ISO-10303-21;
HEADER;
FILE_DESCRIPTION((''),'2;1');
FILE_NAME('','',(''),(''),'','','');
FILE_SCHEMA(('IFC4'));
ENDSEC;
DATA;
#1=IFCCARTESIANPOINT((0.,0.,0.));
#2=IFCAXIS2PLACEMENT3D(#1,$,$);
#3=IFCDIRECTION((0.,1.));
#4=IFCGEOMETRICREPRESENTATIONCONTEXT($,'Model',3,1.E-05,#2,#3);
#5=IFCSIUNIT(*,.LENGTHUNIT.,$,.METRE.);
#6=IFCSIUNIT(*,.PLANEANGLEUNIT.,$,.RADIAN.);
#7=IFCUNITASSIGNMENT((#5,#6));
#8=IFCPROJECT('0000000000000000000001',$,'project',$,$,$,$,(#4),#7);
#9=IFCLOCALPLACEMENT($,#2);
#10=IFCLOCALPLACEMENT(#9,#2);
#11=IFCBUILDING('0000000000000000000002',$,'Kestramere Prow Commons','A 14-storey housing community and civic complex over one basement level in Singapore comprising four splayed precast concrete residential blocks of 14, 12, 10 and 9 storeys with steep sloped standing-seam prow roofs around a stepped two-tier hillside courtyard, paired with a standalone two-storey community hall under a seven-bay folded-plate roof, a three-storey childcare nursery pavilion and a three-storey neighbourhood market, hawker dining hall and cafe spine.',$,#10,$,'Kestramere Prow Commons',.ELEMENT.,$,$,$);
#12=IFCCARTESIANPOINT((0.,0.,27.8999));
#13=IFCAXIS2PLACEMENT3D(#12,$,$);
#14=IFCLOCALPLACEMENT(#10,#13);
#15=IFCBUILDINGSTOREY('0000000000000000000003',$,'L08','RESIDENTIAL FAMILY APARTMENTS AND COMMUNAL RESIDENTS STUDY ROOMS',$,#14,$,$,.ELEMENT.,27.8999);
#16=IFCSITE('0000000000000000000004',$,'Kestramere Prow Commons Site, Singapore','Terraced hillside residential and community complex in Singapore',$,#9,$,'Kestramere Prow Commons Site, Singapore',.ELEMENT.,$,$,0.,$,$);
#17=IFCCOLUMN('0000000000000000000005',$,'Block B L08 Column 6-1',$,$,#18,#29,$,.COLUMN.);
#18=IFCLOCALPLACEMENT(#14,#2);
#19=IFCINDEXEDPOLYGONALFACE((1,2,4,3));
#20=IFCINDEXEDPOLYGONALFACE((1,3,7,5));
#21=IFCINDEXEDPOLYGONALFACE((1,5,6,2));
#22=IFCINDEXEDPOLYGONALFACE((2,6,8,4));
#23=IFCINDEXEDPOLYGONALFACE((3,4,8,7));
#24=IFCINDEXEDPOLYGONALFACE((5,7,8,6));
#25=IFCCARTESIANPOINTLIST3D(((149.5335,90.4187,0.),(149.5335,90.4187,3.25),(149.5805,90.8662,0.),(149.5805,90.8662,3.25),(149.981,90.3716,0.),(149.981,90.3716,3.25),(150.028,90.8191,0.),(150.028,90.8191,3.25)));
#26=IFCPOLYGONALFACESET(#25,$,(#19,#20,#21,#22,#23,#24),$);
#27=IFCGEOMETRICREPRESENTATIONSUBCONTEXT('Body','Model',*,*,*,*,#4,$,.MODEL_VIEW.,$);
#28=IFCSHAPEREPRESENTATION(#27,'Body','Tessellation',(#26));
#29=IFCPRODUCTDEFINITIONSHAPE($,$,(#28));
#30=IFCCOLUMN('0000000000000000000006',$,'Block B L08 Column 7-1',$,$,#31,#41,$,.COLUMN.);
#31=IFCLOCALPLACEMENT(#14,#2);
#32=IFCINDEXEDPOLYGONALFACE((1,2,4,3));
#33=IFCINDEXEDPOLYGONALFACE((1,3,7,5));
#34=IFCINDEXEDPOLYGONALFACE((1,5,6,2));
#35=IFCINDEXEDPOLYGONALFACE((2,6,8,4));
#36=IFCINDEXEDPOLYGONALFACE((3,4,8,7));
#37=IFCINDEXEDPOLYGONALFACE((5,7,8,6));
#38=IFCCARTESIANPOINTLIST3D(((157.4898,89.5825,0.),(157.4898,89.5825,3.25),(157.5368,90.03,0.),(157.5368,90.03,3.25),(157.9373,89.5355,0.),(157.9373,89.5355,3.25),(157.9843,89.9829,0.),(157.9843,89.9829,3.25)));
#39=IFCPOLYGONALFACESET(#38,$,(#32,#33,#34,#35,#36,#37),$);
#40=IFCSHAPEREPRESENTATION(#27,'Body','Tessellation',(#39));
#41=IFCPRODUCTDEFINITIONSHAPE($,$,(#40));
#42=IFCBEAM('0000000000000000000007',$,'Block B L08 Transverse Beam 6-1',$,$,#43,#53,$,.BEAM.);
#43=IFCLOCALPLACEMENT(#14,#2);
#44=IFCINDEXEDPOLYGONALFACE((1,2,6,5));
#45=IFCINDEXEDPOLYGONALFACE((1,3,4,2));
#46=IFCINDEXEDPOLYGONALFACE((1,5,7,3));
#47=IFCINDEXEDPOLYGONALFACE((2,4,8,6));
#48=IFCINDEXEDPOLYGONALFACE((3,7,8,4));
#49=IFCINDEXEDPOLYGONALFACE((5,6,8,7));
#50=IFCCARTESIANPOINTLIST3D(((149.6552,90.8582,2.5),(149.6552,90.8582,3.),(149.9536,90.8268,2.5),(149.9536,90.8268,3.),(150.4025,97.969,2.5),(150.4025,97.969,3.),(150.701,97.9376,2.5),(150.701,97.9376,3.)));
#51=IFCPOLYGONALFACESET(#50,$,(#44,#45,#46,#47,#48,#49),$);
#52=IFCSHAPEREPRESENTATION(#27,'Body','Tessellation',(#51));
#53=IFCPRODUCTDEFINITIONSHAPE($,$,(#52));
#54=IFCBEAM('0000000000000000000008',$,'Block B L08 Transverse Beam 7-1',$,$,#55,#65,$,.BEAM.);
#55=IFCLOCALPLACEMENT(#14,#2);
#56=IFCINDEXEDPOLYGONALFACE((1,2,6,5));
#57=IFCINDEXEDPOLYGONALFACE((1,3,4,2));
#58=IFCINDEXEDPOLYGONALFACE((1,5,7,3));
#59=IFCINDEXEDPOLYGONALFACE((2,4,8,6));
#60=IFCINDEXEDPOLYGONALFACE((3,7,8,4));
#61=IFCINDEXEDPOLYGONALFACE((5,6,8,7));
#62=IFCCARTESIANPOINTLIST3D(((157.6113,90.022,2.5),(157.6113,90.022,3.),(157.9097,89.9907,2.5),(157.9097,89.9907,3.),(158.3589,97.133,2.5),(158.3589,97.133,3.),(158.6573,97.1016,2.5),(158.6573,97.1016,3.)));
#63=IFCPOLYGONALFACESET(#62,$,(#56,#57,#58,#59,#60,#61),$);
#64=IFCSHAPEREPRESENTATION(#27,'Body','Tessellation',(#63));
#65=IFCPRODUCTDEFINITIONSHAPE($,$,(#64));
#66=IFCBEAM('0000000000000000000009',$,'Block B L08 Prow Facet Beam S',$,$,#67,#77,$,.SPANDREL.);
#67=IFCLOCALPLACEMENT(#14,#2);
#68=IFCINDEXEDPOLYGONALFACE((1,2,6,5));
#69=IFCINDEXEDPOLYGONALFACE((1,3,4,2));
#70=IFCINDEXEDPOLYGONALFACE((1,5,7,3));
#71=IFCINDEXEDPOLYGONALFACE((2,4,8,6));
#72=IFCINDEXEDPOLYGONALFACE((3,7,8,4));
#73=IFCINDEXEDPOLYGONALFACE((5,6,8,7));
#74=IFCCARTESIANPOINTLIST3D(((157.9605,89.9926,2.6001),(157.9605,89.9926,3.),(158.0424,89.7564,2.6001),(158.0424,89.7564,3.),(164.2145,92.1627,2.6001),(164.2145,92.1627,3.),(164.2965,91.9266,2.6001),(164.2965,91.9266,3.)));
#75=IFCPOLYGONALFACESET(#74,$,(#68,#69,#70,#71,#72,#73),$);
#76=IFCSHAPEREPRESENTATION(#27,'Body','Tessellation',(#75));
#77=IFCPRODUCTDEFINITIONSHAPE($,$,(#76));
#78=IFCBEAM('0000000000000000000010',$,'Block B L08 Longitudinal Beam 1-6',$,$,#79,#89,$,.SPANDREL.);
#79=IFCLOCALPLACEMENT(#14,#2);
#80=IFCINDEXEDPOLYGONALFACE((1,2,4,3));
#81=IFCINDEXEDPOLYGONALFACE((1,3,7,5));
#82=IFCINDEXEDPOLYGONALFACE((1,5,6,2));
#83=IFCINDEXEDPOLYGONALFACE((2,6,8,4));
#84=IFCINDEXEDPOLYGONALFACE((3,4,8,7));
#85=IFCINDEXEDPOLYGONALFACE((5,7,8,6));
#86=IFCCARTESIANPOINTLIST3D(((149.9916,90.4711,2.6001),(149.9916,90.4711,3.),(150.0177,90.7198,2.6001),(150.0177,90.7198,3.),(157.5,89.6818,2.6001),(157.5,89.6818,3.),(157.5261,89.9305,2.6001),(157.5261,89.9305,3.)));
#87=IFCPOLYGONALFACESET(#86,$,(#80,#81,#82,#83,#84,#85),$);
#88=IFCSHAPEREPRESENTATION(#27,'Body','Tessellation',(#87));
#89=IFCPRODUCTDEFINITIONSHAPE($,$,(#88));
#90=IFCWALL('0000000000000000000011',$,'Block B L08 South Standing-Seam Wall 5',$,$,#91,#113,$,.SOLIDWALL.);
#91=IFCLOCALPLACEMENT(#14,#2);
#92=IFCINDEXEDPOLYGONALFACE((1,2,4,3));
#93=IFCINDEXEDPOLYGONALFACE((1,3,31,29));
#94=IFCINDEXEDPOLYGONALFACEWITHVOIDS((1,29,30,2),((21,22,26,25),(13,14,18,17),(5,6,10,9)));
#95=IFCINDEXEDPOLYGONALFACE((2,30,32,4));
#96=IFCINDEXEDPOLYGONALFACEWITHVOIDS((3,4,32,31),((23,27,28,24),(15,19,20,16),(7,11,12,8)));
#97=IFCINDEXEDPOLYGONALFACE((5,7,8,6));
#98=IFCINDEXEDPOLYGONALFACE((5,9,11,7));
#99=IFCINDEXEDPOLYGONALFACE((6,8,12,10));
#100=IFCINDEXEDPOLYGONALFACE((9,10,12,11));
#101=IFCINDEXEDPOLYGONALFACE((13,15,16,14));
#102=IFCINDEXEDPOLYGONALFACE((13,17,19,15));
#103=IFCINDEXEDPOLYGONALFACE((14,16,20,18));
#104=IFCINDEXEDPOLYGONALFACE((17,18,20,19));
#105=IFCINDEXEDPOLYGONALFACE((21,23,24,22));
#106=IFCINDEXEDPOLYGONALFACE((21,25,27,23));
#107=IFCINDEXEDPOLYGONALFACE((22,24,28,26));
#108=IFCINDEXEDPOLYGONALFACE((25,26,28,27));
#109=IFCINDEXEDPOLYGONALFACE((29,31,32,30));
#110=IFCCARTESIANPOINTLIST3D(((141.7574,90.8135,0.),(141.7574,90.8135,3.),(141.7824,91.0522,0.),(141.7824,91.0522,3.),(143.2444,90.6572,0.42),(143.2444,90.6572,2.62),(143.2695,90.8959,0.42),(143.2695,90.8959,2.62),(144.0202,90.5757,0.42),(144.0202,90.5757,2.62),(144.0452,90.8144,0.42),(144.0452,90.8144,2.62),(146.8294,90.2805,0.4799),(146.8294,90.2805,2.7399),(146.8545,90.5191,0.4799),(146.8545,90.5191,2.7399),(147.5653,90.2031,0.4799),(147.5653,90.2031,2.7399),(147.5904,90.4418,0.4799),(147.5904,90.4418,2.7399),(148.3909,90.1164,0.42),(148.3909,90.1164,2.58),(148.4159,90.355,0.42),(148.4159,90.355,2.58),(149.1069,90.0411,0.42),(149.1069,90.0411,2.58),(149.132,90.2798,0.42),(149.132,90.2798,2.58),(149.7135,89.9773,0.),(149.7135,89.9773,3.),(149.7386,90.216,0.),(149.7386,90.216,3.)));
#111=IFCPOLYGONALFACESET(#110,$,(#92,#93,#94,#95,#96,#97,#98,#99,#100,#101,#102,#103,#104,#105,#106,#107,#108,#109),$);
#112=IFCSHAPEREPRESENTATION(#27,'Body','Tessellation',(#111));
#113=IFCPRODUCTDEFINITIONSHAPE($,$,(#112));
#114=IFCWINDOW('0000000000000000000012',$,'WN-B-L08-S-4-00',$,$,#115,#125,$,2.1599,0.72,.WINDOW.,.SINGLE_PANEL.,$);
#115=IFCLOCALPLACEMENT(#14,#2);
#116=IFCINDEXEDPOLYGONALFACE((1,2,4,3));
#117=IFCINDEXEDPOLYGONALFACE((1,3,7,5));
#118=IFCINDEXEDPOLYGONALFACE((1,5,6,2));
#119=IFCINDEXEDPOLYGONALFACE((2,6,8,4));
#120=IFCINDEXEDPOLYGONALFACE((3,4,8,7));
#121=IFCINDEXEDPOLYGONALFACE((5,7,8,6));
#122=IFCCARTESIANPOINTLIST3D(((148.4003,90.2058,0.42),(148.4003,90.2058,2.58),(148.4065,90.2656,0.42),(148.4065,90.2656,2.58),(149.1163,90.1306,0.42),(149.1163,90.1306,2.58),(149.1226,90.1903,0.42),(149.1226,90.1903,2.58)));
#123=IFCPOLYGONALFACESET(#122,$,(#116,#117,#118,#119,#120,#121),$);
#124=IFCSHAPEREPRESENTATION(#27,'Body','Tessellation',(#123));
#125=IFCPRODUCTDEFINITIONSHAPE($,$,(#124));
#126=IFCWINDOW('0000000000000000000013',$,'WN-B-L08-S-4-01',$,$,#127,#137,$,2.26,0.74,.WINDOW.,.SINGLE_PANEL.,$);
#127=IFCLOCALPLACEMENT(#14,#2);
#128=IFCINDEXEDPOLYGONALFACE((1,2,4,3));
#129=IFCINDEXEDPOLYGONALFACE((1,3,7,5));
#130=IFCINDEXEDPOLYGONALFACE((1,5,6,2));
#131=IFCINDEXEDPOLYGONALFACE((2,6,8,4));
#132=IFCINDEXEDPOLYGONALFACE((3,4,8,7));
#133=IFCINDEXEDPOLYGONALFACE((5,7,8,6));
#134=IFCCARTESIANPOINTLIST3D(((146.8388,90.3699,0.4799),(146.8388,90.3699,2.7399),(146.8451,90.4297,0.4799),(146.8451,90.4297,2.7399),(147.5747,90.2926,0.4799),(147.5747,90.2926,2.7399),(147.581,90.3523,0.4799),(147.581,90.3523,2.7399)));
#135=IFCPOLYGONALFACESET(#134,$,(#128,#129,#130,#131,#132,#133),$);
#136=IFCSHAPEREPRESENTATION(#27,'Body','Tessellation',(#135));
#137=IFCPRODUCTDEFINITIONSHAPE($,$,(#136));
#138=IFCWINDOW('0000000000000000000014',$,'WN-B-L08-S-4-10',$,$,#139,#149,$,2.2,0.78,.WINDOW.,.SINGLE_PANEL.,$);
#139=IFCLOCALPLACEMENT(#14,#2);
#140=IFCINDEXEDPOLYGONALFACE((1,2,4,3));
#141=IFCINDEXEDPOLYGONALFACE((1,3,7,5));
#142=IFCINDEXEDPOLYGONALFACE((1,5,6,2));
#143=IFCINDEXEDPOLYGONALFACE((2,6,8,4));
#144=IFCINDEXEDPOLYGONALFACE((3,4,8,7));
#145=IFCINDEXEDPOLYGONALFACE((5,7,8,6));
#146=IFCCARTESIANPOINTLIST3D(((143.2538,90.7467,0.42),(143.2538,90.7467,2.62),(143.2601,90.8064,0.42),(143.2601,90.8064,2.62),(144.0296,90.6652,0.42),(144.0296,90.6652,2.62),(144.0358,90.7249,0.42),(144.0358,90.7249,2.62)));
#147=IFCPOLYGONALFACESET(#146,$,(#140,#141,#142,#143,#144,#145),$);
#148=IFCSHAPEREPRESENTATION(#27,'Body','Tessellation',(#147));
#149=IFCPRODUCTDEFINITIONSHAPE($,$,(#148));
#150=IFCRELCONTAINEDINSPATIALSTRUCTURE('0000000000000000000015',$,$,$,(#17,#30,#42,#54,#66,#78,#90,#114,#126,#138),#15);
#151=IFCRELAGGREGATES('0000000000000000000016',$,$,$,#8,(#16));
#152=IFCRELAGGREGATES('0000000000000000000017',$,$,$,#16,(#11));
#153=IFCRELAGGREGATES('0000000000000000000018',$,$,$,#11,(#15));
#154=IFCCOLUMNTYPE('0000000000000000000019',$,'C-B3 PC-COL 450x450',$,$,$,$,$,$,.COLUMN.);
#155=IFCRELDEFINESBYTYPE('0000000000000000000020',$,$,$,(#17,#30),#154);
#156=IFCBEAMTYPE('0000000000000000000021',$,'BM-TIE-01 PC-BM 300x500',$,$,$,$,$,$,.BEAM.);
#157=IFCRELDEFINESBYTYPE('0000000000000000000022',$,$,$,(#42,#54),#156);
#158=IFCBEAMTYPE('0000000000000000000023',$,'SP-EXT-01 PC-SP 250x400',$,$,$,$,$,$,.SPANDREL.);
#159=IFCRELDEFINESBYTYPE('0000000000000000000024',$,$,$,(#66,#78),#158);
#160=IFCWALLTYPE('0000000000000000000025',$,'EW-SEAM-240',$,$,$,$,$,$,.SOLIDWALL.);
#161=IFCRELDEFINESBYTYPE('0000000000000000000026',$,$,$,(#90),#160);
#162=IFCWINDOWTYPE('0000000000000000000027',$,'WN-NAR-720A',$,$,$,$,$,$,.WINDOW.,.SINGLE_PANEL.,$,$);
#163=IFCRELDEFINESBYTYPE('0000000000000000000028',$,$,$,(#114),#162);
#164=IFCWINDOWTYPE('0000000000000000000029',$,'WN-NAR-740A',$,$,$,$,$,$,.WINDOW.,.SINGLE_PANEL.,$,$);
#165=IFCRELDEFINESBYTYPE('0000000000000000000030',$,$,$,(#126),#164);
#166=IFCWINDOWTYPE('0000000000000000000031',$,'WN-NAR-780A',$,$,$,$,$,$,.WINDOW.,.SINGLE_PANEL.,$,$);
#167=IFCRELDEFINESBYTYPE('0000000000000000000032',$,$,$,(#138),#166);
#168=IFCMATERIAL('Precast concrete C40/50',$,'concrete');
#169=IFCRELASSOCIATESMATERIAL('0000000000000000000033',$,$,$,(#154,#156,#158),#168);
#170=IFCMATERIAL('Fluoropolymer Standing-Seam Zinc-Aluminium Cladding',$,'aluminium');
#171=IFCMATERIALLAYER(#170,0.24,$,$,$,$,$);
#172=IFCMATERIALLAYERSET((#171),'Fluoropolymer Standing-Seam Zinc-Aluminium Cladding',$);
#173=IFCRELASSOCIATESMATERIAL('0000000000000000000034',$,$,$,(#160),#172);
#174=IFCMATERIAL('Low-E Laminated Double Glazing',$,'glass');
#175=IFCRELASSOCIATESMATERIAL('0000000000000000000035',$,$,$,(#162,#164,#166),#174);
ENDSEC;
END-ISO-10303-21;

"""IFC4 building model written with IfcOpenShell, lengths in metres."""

from ifc_helpers import new_model, si_unit, direction, frame, frame_2d, origin, origin_2d, place, context, subcontext, project, spatial, rectangle, extrude, material, layer, layer_set, material_profile, profile_set, type_object, element, fill, save


model = new_model("IFC4")

# Units and contexts
model_context = context("Model", 3, precision=1e-05, world=origin(), true_north=direction((0.0, 1.0)))
body_context = subcontext(model_context, "Body", "Model", "MODEL_VIEW")
ifc_project = project(units=[si_unit("LENGTHUNIT", "METRE"), si_unit("PLANEANGLEUNIT", "RADIAN")], contexts=[model_context])

# Site, building, storey
site_placement = place(None, origin())
site = spatial("IfcSite", under=ifc_project, at=site_placement, Name="Kestramere Prow Commons Site, Singapore", Description="Terraced hillside residential and community complex in Singapore", LongName="Kestramere Prow Commons Site, Singapore", CompositionType="ELEMENT", RefElevation=0.0)
building_placement = place(site_placement, origin())
building = spatial("IfcBuilding", under=site, at=building_placement, Name="Kestramere Prow Commons", Description="A 14-storey housing community and civic complex over one basement level in Singapore comprising four splayed precast concrete residential blocks of 14, 12, 10 and 9 storeys with steep sloped standing-seam prow roofs around a stepped two-tier hillside courtyard, paired with a standalone two-storey community hall under a seven-bay folded-plate roof, a three-storey childcare nursery pavilion and a three-storey neighbourhood market, hawker dining hall and cafe spine.", LongName="Kestramere Prow Commons", CompositionType="ELEMENT")
storey_placement = place(building_placement, frame((0.0, 0.0, 27.8999)))
storey = spatial("IfcBuildingStorey", under=building, at=storey_placement, Name="L08", Description="RESIDENTIAL FAMILY APARTMENTS AND COMMUNAL RESIDENTS STUDY ROOMS", CompositionType="ELEMENT", Elevation=27.8999)

# Columns
ifc_material_1 = material(Name="Precast concrete C40/50", Category="concrete")
ifc_material_profile_1 = material_profile(ifc_material_1, rectangle(XDim=0.45, YDim=0.45, at=origin_2d()), Name="PC-COL 450x450")
ifc_profile_set_1 = profile_set([ifc_material_profile_1], Name="Precast concrete C40/50")
column_type = type_object("IfcColumnType", Name="C-B3 PC-COL 450x450", PredefinedType="COLUMN", material=ifc_profile_set_1)
for number, where, z_axis, x_axis, name in (
    (1, (149.7808, 90.6189, 0.0), (0.0, 0.0, 1.0), (0.994522, -0.104528, 0.0), "Block B L08 Column 6-1"),
    (2, (157.7371, 89.7827, 0.0), (0.0, 0.0, 1.0), (0.994522, -0.104528, 0.0), "Block B L08 Column 7-1"),
):
    element("IfcColumn", number, at=place(storey_placement, frame(where, z_axis=z_axis, x_axis=x_axis)), inside=storey, type_object=column_type, Name=name, PredefinedType="COLUMN", context=body_context, shape_type="SweptSolid", body=[
        extrude(rectangle(XDim=0.45, YDim=0.45, at=origin_2d()), origin(), (0.0, 0.0, 1.0), 3.25),
    ])

# Beams
ifc_material_profile_2 = material_profile(ifc_material_1, rectangle(XDim=0.3, YDim=0.5, at=origin_2d()), Name="PC-BM 300x500")
ifc_profile_set_2 = profile_set([ifc_material_profile_2], Name="Precast concrete C40/50")
beam_type_1 = type_object("IfcBeamType", Name="BM-TIE-01 PC-BM 300x500", PredefinedType="BEAM", material=ifc_profile_set_2)
beam_1_placement = place(storey_placement, frame((149.8044, 90.8425, 2.75), z_axis=(0.104519, 0.994523, 0.0), x_axis=(-0.994523, 0.104519, 0.0)))
element("IfcBeam", 3, at=beam_1_placement, inside=storey, type_object=beam_type_1, Name="Block B L08 Transverse Beam 6-1", PredefinedType="BEAM", context=body_context, shape_type="SweptSolid", body=[
    extrude(rectangle(XDim=0.3, YDim=0.5, at=origin_2d()), origin(), (0.0, 0.0, 1.0), 7.1499),
])
beam_2_placement = place(storey_placement, frame((157.7605, 90.0063, 2.75), z_axis=(0.104553, 0.994519, 0.0), x_axis=(-0.994519, 0.104553, 0.0)))
element("IfcBeam", 4, at=beam_2_placement, inside=storey, type_object=beam_type_1, Name="Block B L08 Transverse Beam 7-1", PredefinedType="BEAM", context=body_context, shape_type="SweptSolid", body=[
    extrude(rectangle(XDim=0.3, YDim=0.5, at=origin_2d()), origin(), (0.0, 0.0, 1.0), 7.1501),
])
ifc_material_profile_3 = material_profile(ifc_material_1, rectangle(XDim=0.25, YDim=0.3999, at=origin_2d()), Name="PC-SP 250x400")
ifc_profile_set_3 = profile_set([ifc_material_profile_3], Name="Precast concrete C40/50")
beam_type_2 = type_object("IfcBeamType", Name="SP-EXT-01 PC-SP 250x400", PredefinedType="SPANDREL", material=ifc_profile_set_3)
beam_3_placement = place(storey_placement, frame((158.0015, 89.8745, 2.8), z_axis=(0.94474, 0.327821, 0.0), x_axis=(-0.327821, 0.94474, 0.0)))
element("IfcBeam", 5, at=beam_3_placement, inside=storey, type_object=beam_type_2, Name="Block B L08 Prow Facet Beam S", PredefinedType="SPANDREL", context=body_context, shape_type="SweptSolid", body=[
    extrude(rectangle(XDim=0.25, YDim=0.3999, at=origin_2d()), origin(), (0.0, 0.0, 1.0), 6.6199),
])
beam_4_placement = place(storey_placement, frame((150.0046, 90.5955, 2.8), z_axis=(0.99452, -0.104545, 0.0), x_axis=(0.104545, 0.99452, 0.0)))
element("IfcBeam", 6, at=beam_4_placement, inside=storey, type_object=beam_type_2, Name="Block B L08 Longitudinal Beam 1-6", PredefinedType="SPANDREL", context=body_context, shape_type="SweptSolid", body=[
    extrude(rectangle(XDim=0.25, YDim=0.3999, at=origin_2d()), origin(), (0.0, 0.0, 1.0), 7.5498),
])

# Wall, openings, windows
ifc_material_2 = material(Name="Fluoropolymer Standing-Seam Zinc-Aluminium Cladding", Category="aluminium")
ifc_layer_1 = layer(ifc_material_2, 0.24)
ifc_layer_set_1 = layer_set([ifc_layer_1], Name="Fluoropolymer Standing-Seam Zinc-Aluminium Cladding")
wall_type_1 = type_object("IfcWallType", Name="EW-SEAM-240", PredefinedType="SOLIDWALL", material=ifc_layer_set_1)
wall_1_placement = place(storey_placement, frame((149.7261, 90.0967, 0.0), z_axis=(0.0, 0.0, 1.0), x_axis=(-0.994523, 0.104521, 0.0)))
wall_1 = element("IfcWall", 7, at=wall_1_placement, inside=storey, type_object=wall_type_1, Name="Block B L08 South Standing-Seam Wall 5", PredefinedType="SOLIDWALL", context=body_context, shape_type="SweptSolid", body=[
    extrude(rectangle(XDim=8.0, YDim=0.24, at=frame_2d((4.0, 0.0))), origin(), (0.0, 0.0, 1.0), 3.0),
])
opening_1_placement = place(wall_1_placement, frame((0.6101, 0.0, 0.4199)))
opening_1 = element("IfcOpeningElement", 8, at=opening_1_placement, cuts=wall_1, PredefinedType="OPENING", context=body_context, shape_type="SweptSolid", body=[
    extrude(rectangle(XDim=0.72, YDim=2.1599, at=frame_2d((0.3599, 1.0801))), frame((0.0, 0.135, 0.0), z_axis=(0.0, -1.0, 0.0), x_axis=(1.0, 0.0, 0.0)), (0.0, 0.0, 1.0), 0.27),
])
opening_2_placement = place(wall_1_placement, frame((2.1599, 0.0, 0.48)))
opening_2 = element("IfcOpeningElement", 9, at=opening_2_placement, cuts=wall_1, PredefinedType="OPENING", context=body_context, shape_type="SweptSolid", body=[
    extrude(rectangle(XDim=0.74, YDim=2.26, at=frame_2d((0.3701, 1.1299))), frame((0.0, 0.135, 0.0), z_axis=(0.0, -1.0, 0.0), x_axis=(1.0, 0.0, 0.0)), (0.0, 0.0, 1.0), 0.27),
])
opening_3_placement = place(wall_1_placement, frame((5.7246, 0.0, 0.4199)))
opening_3 = element("IfcOpeningElement", 10, at=opening_3_placement, cuts=wall_1, PredefinedType="OPENING", context=body_context, shape_type="SweptSolid", body=[
    extrude(rectangle(XDim=0.78, YDim=2.2, at=frame_2d((0.3901, 1.1001))), frame((0.0, 0.135, 0.0), z_axis=(0.0, -1.0, 0.0), x_axis=(1.0, 0.0, 0.0)), (0.0, 0.0, 1.0), 0.27),
])
ifc_material_3 = material(Name="Low-E Laminated Double Glazing", Category="glass")
window_type_1 = type_object("IfcWindowType", Name="WN-NAR-720A", PartitioningType="SINGLE_PANEL", PredefinedType="WINDOW", material=ifc_material_3)
window_1_placement = place(opening_1_placement, origin())
window_1 = element("IfcWindow", 11, at=window_1_placement, inside=storey, type_object=window_type_1, Name="WN-B-L08-S-4-00", OverallHeight=2.1599, OverallWidth=0.72, PartitioningType="SINGLE_PANEL", PredefinedType="WINDOW", context=body_context, shape_type="SweptSolid", body=[
    extrude(rectangle(XDim=0.72, YDim=2.1599, at=frame_2d((0.3599, 1.0801))), frame((0.0, 0.03, 0.0), z_axis=(0.0, -1.0, 0.0), x_axis=(1.0, 0.0, 0.0)), (0.0, 0.0, 1.0), 0.0601),
])
fill(opening_1, window_1)
window_type_2 = type_object("IfcWindowType", Name="WN-NAR-740A", PartitioningType="SINGLE_PANEL", PredefinedType="WINDOW", material=ifc_material_3)
window_2_placement = place(opening_2_placement, origin())
window_2 = element("IfcWindow", 12, at=window_2_placement, inside=storey, type_object=window_type_2, Name="WN-B-L08-S-4-01", OverallHeight=2.26, OverallWidth=0.74, PartitioningType="SINGLE_PANEL", PredefinedType="WINDOW", context=body_context, shape_type="SweptSolid", body=[
    extrude(rectangle(XDim=0.74, YDim=2.26, at=frame_2d((0.3701, 1.1299))), frame((0.0, 0.03, 0.0), z_axis=(0.0, -1.0, 0.0), x_axis=(1.0, 0.0, 0.0)), (0.0, 0.0, 1.0), 0.0601),
])
fill(opening_2, window_2)
window_type_3 = type_object("IfcWindowType", Name="WN-NAR-780A", PartitioningType="SINGLE_PANEL", PredefinedType="WINDOW", material=ifc_material_3)
window_3_placement = place(opening_3_placement, origin())
window_3 = element("IfcWindow", 13, at=window_3_placement, inside=storey, type_object=window_type_3, Name="WN-B-L08-S-4-10", OverallHeight=2.2, OverallWidth=0.78, PartitioningType="SINGLE_PANEL", PredefinedType="WINDOW", context=body_context, shape_type="SweptSolid", body=[
    extrude(rectangle(XDim=0.78, YDim=2.2, at=frame_2d((0.3901, 1.1001))), frame((0.0, 0.03, 0.0), z_axis=(0.0, -1.0, 0.0), x_axis=(1.0, 0.0, 0.0)), (0.0, 0.0, 1.0), 0.0601),
])
fill(opening_3, window_3)

save(model, "model.ifc")
